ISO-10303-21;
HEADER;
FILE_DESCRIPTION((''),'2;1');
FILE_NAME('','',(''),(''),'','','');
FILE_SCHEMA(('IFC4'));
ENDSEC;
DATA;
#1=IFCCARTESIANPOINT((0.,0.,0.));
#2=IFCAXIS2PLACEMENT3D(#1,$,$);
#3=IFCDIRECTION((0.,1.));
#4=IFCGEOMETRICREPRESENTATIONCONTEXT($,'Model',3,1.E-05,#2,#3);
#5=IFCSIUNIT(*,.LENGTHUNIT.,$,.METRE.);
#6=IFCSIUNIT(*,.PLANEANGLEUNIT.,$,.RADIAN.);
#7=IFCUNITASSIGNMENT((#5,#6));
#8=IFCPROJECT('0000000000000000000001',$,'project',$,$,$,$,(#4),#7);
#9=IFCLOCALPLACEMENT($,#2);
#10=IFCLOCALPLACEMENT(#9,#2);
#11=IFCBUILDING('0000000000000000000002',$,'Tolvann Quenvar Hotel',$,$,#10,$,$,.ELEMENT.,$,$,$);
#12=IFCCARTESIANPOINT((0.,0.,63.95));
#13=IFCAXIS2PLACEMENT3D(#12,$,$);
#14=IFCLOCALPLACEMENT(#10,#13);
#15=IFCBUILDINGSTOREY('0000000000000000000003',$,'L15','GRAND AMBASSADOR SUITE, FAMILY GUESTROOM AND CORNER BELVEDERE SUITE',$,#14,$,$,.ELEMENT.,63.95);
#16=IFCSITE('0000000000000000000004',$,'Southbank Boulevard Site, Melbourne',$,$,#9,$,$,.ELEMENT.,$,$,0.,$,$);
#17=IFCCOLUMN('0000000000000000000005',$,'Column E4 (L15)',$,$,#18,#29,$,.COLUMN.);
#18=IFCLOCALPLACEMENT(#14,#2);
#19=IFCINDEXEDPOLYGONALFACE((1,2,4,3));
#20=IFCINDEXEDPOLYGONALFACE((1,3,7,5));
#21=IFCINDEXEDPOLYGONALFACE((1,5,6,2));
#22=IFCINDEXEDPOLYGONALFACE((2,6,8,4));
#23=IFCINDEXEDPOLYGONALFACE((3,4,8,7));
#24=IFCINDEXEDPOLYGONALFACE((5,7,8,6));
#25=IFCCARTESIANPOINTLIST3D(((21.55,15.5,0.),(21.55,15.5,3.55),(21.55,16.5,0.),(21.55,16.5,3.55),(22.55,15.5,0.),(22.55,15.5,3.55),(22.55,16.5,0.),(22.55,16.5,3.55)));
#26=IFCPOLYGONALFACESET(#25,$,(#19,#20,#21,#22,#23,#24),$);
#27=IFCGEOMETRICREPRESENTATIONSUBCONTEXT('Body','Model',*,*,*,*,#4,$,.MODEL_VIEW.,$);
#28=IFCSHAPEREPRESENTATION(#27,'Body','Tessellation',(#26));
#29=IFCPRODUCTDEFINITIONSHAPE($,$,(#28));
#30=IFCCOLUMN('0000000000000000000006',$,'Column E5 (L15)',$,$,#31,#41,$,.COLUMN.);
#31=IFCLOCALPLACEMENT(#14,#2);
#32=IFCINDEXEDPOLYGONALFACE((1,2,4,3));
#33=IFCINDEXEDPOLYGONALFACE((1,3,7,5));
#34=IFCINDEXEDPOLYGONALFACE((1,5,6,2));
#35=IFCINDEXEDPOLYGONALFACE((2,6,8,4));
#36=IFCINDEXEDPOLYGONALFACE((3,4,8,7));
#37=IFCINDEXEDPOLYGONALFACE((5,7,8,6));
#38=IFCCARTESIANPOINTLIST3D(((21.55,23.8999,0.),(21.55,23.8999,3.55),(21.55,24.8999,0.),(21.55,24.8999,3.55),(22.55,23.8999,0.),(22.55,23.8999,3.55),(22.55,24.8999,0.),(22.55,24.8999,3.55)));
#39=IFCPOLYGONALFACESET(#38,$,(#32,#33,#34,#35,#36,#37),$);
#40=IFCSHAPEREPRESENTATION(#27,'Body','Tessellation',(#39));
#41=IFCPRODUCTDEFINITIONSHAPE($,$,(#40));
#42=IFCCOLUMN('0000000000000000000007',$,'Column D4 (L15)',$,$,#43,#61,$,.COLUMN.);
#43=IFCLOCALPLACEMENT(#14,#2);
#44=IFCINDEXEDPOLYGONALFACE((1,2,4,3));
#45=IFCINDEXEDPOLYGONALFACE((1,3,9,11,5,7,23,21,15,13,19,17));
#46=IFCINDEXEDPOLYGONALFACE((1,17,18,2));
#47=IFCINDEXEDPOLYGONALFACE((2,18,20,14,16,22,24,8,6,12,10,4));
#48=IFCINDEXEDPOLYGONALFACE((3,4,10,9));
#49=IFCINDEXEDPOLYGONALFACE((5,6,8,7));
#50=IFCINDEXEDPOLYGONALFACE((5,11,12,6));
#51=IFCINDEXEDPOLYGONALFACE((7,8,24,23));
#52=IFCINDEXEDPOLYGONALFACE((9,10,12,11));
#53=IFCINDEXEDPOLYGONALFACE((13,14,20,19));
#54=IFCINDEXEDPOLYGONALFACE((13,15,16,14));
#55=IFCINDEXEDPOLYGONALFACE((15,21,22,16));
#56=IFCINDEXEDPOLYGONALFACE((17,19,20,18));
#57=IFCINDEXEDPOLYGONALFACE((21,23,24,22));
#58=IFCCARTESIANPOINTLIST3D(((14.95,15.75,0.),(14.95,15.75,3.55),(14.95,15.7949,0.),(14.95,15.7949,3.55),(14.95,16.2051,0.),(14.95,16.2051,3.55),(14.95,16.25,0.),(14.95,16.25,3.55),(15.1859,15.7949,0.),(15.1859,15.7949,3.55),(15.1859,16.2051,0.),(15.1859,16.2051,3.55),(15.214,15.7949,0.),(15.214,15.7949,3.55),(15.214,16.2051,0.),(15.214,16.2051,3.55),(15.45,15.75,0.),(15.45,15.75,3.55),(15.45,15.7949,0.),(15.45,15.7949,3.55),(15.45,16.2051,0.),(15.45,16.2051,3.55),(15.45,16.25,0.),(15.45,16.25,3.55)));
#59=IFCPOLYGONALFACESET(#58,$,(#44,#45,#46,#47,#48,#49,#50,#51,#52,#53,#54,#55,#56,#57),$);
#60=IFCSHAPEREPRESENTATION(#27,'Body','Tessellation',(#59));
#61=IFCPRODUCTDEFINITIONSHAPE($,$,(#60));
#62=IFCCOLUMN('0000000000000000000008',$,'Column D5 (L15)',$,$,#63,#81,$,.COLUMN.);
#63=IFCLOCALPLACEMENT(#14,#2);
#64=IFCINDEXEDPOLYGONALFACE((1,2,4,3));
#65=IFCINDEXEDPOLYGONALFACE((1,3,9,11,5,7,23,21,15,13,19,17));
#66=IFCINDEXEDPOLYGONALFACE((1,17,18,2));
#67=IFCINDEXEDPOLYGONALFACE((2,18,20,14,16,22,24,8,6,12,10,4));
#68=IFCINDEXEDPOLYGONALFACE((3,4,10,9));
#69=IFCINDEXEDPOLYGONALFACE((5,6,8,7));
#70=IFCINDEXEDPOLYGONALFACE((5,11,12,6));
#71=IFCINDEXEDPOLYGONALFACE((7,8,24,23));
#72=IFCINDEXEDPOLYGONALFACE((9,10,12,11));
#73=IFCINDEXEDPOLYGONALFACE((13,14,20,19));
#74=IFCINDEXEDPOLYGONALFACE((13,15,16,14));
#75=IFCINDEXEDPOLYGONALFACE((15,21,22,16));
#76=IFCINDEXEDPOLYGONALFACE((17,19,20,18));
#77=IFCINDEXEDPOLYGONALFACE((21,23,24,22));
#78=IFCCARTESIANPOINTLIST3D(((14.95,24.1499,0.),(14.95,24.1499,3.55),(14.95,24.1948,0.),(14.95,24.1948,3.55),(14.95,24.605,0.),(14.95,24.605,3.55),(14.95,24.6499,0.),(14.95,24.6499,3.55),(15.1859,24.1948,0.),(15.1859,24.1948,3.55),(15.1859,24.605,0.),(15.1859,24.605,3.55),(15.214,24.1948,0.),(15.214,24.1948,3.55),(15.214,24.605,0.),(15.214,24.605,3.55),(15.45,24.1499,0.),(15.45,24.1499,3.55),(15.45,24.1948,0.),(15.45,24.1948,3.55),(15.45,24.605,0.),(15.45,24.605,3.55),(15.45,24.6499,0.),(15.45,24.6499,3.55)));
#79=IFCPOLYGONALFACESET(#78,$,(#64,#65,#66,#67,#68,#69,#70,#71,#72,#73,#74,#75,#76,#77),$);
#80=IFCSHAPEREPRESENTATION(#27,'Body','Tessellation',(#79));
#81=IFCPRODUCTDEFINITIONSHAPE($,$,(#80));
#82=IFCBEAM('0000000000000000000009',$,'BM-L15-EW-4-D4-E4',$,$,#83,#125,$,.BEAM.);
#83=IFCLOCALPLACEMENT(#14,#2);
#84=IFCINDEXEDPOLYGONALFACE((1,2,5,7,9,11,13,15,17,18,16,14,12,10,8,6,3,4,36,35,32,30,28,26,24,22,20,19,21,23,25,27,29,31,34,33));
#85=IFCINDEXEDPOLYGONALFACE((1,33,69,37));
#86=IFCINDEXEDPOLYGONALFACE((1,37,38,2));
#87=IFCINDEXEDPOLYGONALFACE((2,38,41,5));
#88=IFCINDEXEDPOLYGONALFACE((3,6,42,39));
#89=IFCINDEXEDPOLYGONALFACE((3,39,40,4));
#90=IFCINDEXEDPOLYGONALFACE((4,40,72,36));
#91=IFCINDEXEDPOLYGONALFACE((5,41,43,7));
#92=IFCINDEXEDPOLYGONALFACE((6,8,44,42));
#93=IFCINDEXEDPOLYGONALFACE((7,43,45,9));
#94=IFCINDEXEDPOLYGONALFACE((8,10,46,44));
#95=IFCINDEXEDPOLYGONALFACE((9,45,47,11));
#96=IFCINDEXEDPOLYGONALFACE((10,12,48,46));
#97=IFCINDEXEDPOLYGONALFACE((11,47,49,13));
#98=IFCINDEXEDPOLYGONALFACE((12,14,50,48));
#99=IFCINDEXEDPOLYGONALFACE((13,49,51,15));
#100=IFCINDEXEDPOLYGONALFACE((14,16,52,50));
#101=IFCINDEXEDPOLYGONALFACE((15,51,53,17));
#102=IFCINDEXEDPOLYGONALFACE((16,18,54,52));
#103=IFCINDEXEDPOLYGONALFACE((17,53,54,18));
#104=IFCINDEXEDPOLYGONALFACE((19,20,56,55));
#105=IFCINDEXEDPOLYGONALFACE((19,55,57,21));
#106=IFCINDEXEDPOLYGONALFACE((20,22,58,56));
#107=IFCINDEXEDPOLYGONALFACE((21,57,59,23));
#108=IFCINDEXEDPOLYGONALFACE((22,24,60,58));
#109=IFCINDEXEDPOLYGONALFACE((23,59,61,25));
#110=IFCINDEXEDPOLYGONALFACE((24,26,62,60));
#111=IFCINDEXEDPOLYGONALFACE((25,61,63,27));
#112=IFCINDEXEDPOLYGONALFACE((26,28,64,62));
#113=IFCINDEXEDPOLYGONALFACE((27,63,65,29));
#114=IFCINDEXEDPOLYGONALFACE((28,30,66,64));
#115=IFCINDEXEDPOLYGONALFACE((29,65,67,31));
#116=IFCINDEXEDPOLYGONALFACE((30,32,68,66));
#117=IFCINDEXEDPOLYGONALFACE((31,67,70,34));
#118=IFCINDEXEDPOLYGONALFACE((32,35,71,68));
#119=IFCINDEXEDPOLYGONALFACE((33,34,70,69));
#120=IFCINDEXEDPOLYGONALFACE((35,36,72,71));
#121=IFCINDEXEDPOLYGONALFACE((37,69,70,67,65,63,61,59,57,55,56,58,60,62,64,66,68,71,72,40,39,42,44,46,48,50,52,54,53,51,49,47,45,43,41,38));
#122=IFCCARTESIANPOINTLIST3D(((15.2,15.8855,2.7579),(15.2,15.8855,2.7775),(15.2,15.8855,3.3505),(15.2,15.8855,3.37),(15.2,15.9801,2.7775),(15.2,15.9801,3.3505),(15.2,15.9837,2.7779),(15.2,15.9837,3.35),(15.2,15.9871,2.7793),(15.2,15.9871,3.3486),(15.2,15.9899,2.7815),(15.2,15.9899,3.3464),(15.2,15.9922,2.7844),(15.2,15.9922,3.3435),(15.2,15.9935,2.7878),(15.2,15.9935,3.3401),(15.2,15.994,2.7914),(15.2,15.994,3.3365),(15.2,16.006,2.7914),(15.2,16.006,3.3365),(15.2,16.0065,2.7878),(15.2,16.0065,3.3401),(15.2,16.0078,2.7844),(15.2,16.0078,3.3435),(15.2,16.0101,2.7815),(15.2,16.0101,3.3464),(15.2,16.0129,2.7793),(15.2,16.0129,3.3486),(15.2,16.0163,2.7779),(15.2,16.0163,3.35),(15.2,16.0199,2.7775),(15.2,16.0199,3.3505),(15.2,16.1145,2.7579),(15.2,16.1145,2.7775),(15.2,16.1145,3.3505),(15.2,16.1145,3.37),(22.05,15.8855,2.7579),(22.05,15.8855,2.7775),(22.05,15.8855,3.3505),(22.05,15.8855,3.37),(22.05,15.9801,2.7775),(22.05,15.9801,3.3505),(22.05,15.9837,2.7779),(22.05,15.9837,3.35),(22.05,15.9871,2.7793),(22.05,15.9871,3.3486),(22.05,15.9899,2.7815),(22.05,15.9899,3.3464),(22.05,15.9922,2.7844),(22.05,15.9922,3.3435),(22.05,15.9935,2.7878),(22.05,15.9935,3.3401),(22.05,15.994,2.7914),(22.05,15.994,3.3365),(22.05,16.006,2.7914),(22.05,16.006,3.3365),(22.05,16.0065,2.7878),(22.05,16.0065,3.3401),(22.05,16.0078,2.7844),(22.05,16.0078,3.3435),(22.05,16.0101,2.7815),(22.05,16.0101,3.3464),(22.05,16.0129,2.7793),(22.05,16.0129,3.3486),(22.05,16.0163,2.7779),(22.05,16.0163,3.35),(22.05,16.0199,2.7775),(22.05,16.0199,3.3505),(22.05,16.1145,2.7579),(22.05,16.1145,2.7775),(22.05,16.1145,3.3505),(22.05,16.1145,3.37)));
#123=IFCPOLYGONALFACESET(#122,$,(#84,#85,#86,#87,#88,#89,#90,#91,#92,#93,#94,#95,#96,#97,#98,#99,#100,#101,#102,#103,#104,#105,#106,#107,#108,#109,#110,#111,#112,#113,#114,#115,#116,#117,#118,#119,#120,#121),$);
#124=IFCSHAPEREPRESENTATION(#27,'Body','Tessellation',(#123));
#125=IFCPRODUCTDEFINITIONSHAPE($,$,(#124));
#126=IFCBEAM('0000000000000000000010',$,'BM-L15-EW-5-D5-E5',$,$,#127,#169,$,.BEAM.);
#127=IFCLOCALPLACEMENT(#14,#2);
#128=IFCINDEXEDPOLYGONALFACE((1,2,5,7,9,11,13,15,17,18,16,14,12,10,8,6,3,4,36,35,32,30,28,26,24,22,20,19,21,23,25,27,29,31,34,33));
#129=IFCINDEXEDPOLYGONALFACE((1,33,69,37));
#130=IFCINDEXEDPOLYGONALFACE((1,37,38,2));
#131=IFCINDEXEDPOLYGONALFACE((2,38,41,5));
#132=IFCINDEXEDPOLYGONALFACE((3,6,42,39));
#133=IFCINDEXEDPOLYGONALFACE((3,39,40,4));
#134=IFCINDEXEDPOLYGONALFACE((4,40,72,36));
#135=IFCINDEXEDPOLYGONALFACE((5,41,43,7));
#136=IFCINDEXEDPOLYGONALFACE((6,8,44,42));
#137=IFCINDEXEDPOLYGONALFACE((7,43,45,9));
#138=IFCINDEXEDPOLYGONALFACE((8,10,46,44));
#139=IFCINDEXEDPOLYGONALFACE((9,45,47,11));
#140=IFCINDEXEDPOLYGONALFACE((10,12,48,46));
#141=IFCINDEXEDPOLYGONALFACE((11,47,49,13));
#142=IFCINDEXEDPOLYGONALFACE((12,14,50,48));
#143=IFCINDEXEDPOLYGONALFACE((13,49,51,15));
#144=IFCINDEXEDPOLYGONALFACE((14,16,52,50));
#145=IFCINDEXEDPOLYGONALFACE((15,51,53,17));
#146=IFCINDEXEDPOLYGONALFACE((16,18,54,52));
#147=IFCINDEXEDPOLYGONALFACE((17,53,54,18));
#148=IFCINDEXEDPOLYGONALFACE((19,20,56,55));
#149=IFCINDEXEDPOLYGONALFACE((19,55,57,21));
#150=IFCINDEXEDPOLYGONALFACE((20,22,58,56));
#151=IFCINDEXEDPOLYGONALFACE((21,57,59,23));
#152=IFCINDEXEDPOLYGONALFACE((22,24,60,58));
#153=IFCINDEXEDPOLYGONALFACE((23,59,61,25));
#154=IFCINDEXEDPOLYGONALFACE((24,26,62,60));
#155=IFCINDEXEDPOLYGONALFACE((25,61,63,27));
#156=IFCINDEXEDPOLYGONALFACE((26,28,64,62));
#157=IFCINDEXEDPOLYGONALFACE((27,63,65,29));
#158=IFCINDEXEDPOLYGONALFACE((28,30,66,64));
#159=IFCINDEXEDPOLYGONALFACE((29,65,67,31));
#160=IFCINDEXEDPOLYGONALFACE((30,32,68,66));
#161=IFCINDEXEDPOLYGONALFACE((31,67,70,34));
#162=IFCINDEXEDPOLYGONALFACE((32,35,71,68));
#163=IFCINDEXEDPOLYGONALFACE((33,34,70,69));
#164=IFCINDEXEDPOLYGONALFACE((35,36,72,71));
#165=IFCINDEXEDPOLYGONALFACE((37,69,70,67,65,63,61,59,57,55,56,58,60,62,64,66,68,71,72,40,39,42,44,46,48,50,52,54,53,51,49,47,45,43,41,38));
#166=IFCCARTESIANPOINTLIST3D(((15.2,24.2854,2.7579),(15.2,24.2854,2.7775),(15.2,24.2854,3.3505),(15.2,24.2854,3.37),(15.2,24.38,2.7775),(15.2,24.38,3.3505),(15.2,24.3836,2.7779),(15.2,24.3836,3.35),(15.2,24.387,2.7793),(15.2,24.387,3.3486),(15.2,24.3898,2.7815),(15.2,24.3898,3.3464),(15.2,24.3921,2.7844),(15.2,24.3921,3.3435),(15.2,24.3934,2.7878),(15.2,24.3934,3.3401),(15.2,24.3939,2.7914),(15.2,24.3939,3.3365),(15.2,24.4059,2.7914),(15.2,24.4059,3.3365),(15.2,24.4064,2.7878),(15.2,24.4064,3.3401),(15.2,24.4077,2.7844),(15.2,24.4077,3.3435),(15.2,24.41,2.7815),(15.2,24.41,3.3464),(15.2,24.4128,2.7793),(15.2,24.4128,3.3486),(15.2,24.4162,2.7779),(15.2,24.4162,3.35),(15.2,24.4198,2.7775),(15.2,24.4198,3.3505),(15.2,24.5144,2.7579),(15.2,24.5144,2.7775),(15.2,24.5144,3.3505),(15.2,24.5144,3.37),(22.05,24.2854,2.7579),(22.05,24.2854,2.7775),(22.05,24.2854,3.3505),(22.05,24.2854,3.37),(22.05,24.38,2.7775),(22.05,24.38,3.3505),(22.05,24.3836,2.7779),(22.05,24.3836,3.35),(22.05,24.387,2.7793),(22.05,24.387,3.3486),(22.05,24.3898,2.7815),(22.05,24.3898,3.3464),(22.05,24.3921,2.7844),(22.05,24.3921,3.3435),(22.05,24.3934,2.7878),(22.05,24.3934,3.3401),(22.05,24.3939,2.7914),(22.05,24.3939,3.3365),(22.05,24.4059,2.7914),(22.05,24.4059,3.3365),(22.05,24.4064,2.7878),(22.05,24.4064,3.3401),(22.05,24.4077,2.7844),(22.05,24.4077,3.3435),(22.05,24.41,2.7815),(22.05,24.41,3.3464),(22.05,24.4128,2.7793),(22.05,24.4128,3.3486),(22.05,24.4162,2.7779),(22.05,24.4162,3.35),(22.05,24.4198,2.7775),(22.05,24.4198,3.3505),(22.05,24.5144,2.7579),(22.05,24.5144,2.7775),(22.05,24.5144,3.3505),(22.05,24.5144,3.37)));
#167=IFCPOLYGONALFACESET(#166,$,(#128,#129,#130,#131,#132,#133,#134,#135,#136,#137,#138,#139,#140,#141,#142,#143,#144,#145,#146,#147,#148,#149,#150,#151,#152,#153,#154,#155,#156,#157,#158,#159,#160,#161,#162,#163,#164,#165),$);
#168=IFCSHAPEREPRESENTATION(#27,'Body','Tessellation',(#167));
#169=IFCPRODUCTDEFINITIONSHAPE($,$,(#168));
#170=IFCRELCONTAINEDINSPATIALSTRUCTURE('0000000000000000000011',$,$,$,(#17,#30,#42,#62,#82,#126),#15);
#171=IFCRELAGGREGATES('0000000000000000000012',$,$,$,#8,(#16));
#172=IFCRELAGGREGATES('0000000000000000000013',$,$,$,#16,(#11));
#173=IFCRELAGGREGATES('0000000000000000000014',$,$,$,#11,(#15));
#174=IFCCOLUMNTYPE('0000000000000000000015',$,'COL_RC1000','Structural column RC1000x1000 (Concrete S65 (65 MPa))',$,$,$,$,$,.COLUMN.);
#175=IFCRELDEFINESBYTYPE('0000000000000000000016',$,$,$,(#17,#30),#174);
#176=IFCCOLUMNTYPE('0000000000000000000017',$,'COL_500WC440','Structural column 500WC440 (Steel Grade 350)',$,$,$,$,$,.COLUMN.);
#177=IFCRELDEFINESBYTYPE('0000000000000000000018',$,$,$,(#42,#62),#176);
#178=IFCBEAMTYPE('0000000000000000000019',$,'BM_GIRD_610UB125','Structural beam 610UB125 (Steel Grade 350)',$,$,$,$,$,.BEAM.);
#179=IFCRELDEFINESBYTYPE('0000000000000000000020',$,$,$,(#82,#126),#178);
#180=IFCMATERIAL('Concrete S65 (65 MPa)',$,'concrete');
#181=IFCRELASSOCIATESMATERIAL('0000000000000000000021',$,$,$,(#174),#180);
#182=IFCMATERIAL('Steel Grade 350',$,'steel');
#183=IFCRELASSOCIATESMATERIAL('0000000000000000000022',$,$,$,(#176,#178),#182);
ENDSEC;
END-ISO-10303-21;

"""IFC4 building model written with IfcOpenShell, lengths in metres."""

from ifc_helpers import new_model, si_unit, direction, frame, origin, origin_2d, place, context, subcontext, project, spatial, rectangle, i_section, extrude, source, transform, mapped, material, material_profile, profile_set, type_object, type_shapes, element, save


model = new_model("IFC4")

# Units and contexts
model_context = context("Model", 3, precision=1e-05, world=origin(), true_north=direction((0.0, 1.0)))
body_context = subcontext(model_context, "Body", "Model", "MODEL_VIEW")
ifc_project = project(units=[si_unit("LENGTHUNIT", "METRE"), si_unit("PLANEANGLEUNIT", "RADIAN")], contexts=[model_context])

# Site, building, storey
site_placement = place(None, origin())
site = spatial("IfcSite", under=ifc_project, at=site_placement, Name="Southbank Boulevard Site, Melbourne", CompositionType="ELEMENT", RefElevation=0.0)
building_placement = place(site_placement, origin())
building = spatial("IfcBuilding", under=site, at=building_placement, Name="Tolvann Quenvar Hotel", CompositionType="ELEMENT")
storey_placement = place(building_placement, frame((0.0, 0.0, 63.95)))
storey = spatial("IfcBuildingStorey", under=building, at=storey_placement, Name="L15", Description="GRAND AMBASSADOR SUITE, FAMILY GUESTROOM AND CORNER BELVEDERE SUITE", CompositionType="ELEMENT", Elevation=63.95)

# Columns
ifc_material_1 = material(Name="Concrete S65 (65 MPa)", Category="concrete")
ifc_material_profile_1 = material_profile(ifc_material_1, rectangle(XDim=1.0, YDim=1.0, at=origin_2d()), Name="RC1000x1000")
ifc_profile_set_1 = profile_set([ifc_material_profile_1], Name="Concrete S65 (65 MPa)")
column_type_1 = type_object("IfcColumnType", Name="COL_RC1000", Description="Structural column RC1000x1000 (Concrete S65 (65 MPa))", PredefinedType="COLUMN", material=ifc_profile_set_1)
shared_shape_1 = source(origin(), body_context, "Body", "SweptSolid", [
    extrude(rectangle(XDim=1.0, YDim=1.0, at=origin_2d()), origin(), (0.0, 0.0, 1.0), 3.55),
])
type_shapes(column_type_1, [shared_shape_1])
for number, where, z_axis, x_axis, name in (
    (1, (22.05, 16.0, 0.0), (0.0, 0.0, 1.0), (1.0, 0.0, 0.0), "Column E4 (L15)"),
    (2, (22.05, 24.3999, 0.0), (0.0, 0.0, 1.0), (1.0, 0.0, 0.0), "Column E5 (L15)"),
):
    element("IfcColumn", number, at=place(storey_placement, frame(where, z_axis=z_axis, x_axis=x_axis)), inside=storey, type_object=column_type_1, Name=name, PredefinedType="COLUMN", context=body_context, shape_type="MappedRepresentation", body=[
        mapped(shared_shape_1, transform((0.0, 0.0, 0.0), x_axis=(1.0, 0.0, 0.0), y_axis=(0.0, 1.0, 0.0), z_axis=(0.0, 0.0, 1.0), scale=1.0)),
    ])
ifc_material_2 = material(Name="Steel Grade 350", Category="steel")
ifc_material_profile_2 = material_profile(ifc_material_2, i_section(OverallWidth=0.5, OverallDepth=0.5, WebThickness=0.0281, FlangeThickness=0.0449, at=origin_2d()), Name="500WC440")
ifc_profile_set_2 = profile_set([ifc_material_profile_2], Name="Steel Grade 350")
column_type_2 = type_object("IfcColumnType", Name="COL_500WC440", Description="Structural column 500WC440 (Steel Grade 350)", PredefinedType="COLUMN", material=ifc_profile_set_2)
shared_shape_2 = source(origin(), body_context, "Body", "SweptSolid", [
    extrude(i_section(OverallWidth=0.5, OverallDepth=0.5, WebThickness=0.0281, FlangeThickness=0.0449, at=origin_2d()), origin(), (0.0, 0.0, 1.0), 3.55),
])
type_shapes(column_type_2, [shared_shape_2])
for number, where, z_axis, x_axis, name in (
    (3, (15.2, 16.0, 0.0), (0.0, 0.0, 1.0), (1.0, 0.0, 0.0), "Column D4 (L15)"),
    (4, (15.2, 24.3999, 0.0), (0.0, 0.0, 1.0), (1.0, 0.0, 0.0), "Column D5 (L15)"),
):
    element("IfcColumn", number, at=place(storey_placement, frame(where, z_axis=z_axis, x_axis=x_axis)), inside=storey, type_object=column_type_2, Name=name, PredefinedType="COLUMN", context=body_context, shape_type="MappedRepresentation", body=[
        mapped(shared_shape_2, transform((0.0, 0.0, 0.0), x_axis=(1.0, 0.0, 0.0), y_axis=(0.0, 1.0, 0.0), z_axis=(0.0, 0.0, 1.0), scale=1.0)),
    ])

# Beams
ifc_material_profile_3 = material_profile(ifc_material_2, i_section(OverallWidth=0.229, OverallDepth=0.6121, WebThickness=0.012, FlangeThickness=0.0195, FilletRadius=0.0139, at=origin_2d()), Name="610UB125")
ifc_profile_set_3 = profile_set([ifc_material_profile_3], Name="Steel Grade 350")
beam_type_1 = type_object("IfcBeamType", Name="BM_GIRD_610UB125", Description="Structural beam 610UB125 (Steel Grade 350)", PredefinedType="BEAM", material=ifc_profile_set_3)
shared_shape_3 = source(origin(), body_context, "Body", "SweptSolid", [
    extrude(i_section(OverallWidth=0.229, OverallDepth=0.6121, WebThickness=0.012, FlangeThickness=0.0195, FilletRadius=0.0139, at=origin_2d()), origin(), (0.0, 0.0, 1.0), 6.8501),
])
for number, where, z_axis, x_axis, name in (
    (5, (15.2, 16.0, 3.064), (1.0, 0.0, 0.0), (0.0, 1.0, 0.0), "BM-L15-EW-4-D4-E4"),
    (6, (15.2, 24.3999, 3.064), (1.0, 0.0, 0.0), (0.0, 1.0, 0.0), "BM-L15-EW-5-D5-E5"),
):
    element("IfcBeam", number, at=place(storey_placement, frame(where, z_axis=z_axis, x_axis=x_axis)), inside=storey, type_object=beam_type_1, Name=name, PredefinedType="BEAM", context=body_context, shape_type="MappedRepresentation", body=[
        mapped(shared_shape_3, transform((0.0, 0.0, 0.0), x_axis=(1.0, 0.0, 0.0), y_axis=(0.0, 1.0, 0.0), z_axis=(0.0, 0.0, 1.0), scale=1.0)),
    ])

save(model, "model.ifc")
